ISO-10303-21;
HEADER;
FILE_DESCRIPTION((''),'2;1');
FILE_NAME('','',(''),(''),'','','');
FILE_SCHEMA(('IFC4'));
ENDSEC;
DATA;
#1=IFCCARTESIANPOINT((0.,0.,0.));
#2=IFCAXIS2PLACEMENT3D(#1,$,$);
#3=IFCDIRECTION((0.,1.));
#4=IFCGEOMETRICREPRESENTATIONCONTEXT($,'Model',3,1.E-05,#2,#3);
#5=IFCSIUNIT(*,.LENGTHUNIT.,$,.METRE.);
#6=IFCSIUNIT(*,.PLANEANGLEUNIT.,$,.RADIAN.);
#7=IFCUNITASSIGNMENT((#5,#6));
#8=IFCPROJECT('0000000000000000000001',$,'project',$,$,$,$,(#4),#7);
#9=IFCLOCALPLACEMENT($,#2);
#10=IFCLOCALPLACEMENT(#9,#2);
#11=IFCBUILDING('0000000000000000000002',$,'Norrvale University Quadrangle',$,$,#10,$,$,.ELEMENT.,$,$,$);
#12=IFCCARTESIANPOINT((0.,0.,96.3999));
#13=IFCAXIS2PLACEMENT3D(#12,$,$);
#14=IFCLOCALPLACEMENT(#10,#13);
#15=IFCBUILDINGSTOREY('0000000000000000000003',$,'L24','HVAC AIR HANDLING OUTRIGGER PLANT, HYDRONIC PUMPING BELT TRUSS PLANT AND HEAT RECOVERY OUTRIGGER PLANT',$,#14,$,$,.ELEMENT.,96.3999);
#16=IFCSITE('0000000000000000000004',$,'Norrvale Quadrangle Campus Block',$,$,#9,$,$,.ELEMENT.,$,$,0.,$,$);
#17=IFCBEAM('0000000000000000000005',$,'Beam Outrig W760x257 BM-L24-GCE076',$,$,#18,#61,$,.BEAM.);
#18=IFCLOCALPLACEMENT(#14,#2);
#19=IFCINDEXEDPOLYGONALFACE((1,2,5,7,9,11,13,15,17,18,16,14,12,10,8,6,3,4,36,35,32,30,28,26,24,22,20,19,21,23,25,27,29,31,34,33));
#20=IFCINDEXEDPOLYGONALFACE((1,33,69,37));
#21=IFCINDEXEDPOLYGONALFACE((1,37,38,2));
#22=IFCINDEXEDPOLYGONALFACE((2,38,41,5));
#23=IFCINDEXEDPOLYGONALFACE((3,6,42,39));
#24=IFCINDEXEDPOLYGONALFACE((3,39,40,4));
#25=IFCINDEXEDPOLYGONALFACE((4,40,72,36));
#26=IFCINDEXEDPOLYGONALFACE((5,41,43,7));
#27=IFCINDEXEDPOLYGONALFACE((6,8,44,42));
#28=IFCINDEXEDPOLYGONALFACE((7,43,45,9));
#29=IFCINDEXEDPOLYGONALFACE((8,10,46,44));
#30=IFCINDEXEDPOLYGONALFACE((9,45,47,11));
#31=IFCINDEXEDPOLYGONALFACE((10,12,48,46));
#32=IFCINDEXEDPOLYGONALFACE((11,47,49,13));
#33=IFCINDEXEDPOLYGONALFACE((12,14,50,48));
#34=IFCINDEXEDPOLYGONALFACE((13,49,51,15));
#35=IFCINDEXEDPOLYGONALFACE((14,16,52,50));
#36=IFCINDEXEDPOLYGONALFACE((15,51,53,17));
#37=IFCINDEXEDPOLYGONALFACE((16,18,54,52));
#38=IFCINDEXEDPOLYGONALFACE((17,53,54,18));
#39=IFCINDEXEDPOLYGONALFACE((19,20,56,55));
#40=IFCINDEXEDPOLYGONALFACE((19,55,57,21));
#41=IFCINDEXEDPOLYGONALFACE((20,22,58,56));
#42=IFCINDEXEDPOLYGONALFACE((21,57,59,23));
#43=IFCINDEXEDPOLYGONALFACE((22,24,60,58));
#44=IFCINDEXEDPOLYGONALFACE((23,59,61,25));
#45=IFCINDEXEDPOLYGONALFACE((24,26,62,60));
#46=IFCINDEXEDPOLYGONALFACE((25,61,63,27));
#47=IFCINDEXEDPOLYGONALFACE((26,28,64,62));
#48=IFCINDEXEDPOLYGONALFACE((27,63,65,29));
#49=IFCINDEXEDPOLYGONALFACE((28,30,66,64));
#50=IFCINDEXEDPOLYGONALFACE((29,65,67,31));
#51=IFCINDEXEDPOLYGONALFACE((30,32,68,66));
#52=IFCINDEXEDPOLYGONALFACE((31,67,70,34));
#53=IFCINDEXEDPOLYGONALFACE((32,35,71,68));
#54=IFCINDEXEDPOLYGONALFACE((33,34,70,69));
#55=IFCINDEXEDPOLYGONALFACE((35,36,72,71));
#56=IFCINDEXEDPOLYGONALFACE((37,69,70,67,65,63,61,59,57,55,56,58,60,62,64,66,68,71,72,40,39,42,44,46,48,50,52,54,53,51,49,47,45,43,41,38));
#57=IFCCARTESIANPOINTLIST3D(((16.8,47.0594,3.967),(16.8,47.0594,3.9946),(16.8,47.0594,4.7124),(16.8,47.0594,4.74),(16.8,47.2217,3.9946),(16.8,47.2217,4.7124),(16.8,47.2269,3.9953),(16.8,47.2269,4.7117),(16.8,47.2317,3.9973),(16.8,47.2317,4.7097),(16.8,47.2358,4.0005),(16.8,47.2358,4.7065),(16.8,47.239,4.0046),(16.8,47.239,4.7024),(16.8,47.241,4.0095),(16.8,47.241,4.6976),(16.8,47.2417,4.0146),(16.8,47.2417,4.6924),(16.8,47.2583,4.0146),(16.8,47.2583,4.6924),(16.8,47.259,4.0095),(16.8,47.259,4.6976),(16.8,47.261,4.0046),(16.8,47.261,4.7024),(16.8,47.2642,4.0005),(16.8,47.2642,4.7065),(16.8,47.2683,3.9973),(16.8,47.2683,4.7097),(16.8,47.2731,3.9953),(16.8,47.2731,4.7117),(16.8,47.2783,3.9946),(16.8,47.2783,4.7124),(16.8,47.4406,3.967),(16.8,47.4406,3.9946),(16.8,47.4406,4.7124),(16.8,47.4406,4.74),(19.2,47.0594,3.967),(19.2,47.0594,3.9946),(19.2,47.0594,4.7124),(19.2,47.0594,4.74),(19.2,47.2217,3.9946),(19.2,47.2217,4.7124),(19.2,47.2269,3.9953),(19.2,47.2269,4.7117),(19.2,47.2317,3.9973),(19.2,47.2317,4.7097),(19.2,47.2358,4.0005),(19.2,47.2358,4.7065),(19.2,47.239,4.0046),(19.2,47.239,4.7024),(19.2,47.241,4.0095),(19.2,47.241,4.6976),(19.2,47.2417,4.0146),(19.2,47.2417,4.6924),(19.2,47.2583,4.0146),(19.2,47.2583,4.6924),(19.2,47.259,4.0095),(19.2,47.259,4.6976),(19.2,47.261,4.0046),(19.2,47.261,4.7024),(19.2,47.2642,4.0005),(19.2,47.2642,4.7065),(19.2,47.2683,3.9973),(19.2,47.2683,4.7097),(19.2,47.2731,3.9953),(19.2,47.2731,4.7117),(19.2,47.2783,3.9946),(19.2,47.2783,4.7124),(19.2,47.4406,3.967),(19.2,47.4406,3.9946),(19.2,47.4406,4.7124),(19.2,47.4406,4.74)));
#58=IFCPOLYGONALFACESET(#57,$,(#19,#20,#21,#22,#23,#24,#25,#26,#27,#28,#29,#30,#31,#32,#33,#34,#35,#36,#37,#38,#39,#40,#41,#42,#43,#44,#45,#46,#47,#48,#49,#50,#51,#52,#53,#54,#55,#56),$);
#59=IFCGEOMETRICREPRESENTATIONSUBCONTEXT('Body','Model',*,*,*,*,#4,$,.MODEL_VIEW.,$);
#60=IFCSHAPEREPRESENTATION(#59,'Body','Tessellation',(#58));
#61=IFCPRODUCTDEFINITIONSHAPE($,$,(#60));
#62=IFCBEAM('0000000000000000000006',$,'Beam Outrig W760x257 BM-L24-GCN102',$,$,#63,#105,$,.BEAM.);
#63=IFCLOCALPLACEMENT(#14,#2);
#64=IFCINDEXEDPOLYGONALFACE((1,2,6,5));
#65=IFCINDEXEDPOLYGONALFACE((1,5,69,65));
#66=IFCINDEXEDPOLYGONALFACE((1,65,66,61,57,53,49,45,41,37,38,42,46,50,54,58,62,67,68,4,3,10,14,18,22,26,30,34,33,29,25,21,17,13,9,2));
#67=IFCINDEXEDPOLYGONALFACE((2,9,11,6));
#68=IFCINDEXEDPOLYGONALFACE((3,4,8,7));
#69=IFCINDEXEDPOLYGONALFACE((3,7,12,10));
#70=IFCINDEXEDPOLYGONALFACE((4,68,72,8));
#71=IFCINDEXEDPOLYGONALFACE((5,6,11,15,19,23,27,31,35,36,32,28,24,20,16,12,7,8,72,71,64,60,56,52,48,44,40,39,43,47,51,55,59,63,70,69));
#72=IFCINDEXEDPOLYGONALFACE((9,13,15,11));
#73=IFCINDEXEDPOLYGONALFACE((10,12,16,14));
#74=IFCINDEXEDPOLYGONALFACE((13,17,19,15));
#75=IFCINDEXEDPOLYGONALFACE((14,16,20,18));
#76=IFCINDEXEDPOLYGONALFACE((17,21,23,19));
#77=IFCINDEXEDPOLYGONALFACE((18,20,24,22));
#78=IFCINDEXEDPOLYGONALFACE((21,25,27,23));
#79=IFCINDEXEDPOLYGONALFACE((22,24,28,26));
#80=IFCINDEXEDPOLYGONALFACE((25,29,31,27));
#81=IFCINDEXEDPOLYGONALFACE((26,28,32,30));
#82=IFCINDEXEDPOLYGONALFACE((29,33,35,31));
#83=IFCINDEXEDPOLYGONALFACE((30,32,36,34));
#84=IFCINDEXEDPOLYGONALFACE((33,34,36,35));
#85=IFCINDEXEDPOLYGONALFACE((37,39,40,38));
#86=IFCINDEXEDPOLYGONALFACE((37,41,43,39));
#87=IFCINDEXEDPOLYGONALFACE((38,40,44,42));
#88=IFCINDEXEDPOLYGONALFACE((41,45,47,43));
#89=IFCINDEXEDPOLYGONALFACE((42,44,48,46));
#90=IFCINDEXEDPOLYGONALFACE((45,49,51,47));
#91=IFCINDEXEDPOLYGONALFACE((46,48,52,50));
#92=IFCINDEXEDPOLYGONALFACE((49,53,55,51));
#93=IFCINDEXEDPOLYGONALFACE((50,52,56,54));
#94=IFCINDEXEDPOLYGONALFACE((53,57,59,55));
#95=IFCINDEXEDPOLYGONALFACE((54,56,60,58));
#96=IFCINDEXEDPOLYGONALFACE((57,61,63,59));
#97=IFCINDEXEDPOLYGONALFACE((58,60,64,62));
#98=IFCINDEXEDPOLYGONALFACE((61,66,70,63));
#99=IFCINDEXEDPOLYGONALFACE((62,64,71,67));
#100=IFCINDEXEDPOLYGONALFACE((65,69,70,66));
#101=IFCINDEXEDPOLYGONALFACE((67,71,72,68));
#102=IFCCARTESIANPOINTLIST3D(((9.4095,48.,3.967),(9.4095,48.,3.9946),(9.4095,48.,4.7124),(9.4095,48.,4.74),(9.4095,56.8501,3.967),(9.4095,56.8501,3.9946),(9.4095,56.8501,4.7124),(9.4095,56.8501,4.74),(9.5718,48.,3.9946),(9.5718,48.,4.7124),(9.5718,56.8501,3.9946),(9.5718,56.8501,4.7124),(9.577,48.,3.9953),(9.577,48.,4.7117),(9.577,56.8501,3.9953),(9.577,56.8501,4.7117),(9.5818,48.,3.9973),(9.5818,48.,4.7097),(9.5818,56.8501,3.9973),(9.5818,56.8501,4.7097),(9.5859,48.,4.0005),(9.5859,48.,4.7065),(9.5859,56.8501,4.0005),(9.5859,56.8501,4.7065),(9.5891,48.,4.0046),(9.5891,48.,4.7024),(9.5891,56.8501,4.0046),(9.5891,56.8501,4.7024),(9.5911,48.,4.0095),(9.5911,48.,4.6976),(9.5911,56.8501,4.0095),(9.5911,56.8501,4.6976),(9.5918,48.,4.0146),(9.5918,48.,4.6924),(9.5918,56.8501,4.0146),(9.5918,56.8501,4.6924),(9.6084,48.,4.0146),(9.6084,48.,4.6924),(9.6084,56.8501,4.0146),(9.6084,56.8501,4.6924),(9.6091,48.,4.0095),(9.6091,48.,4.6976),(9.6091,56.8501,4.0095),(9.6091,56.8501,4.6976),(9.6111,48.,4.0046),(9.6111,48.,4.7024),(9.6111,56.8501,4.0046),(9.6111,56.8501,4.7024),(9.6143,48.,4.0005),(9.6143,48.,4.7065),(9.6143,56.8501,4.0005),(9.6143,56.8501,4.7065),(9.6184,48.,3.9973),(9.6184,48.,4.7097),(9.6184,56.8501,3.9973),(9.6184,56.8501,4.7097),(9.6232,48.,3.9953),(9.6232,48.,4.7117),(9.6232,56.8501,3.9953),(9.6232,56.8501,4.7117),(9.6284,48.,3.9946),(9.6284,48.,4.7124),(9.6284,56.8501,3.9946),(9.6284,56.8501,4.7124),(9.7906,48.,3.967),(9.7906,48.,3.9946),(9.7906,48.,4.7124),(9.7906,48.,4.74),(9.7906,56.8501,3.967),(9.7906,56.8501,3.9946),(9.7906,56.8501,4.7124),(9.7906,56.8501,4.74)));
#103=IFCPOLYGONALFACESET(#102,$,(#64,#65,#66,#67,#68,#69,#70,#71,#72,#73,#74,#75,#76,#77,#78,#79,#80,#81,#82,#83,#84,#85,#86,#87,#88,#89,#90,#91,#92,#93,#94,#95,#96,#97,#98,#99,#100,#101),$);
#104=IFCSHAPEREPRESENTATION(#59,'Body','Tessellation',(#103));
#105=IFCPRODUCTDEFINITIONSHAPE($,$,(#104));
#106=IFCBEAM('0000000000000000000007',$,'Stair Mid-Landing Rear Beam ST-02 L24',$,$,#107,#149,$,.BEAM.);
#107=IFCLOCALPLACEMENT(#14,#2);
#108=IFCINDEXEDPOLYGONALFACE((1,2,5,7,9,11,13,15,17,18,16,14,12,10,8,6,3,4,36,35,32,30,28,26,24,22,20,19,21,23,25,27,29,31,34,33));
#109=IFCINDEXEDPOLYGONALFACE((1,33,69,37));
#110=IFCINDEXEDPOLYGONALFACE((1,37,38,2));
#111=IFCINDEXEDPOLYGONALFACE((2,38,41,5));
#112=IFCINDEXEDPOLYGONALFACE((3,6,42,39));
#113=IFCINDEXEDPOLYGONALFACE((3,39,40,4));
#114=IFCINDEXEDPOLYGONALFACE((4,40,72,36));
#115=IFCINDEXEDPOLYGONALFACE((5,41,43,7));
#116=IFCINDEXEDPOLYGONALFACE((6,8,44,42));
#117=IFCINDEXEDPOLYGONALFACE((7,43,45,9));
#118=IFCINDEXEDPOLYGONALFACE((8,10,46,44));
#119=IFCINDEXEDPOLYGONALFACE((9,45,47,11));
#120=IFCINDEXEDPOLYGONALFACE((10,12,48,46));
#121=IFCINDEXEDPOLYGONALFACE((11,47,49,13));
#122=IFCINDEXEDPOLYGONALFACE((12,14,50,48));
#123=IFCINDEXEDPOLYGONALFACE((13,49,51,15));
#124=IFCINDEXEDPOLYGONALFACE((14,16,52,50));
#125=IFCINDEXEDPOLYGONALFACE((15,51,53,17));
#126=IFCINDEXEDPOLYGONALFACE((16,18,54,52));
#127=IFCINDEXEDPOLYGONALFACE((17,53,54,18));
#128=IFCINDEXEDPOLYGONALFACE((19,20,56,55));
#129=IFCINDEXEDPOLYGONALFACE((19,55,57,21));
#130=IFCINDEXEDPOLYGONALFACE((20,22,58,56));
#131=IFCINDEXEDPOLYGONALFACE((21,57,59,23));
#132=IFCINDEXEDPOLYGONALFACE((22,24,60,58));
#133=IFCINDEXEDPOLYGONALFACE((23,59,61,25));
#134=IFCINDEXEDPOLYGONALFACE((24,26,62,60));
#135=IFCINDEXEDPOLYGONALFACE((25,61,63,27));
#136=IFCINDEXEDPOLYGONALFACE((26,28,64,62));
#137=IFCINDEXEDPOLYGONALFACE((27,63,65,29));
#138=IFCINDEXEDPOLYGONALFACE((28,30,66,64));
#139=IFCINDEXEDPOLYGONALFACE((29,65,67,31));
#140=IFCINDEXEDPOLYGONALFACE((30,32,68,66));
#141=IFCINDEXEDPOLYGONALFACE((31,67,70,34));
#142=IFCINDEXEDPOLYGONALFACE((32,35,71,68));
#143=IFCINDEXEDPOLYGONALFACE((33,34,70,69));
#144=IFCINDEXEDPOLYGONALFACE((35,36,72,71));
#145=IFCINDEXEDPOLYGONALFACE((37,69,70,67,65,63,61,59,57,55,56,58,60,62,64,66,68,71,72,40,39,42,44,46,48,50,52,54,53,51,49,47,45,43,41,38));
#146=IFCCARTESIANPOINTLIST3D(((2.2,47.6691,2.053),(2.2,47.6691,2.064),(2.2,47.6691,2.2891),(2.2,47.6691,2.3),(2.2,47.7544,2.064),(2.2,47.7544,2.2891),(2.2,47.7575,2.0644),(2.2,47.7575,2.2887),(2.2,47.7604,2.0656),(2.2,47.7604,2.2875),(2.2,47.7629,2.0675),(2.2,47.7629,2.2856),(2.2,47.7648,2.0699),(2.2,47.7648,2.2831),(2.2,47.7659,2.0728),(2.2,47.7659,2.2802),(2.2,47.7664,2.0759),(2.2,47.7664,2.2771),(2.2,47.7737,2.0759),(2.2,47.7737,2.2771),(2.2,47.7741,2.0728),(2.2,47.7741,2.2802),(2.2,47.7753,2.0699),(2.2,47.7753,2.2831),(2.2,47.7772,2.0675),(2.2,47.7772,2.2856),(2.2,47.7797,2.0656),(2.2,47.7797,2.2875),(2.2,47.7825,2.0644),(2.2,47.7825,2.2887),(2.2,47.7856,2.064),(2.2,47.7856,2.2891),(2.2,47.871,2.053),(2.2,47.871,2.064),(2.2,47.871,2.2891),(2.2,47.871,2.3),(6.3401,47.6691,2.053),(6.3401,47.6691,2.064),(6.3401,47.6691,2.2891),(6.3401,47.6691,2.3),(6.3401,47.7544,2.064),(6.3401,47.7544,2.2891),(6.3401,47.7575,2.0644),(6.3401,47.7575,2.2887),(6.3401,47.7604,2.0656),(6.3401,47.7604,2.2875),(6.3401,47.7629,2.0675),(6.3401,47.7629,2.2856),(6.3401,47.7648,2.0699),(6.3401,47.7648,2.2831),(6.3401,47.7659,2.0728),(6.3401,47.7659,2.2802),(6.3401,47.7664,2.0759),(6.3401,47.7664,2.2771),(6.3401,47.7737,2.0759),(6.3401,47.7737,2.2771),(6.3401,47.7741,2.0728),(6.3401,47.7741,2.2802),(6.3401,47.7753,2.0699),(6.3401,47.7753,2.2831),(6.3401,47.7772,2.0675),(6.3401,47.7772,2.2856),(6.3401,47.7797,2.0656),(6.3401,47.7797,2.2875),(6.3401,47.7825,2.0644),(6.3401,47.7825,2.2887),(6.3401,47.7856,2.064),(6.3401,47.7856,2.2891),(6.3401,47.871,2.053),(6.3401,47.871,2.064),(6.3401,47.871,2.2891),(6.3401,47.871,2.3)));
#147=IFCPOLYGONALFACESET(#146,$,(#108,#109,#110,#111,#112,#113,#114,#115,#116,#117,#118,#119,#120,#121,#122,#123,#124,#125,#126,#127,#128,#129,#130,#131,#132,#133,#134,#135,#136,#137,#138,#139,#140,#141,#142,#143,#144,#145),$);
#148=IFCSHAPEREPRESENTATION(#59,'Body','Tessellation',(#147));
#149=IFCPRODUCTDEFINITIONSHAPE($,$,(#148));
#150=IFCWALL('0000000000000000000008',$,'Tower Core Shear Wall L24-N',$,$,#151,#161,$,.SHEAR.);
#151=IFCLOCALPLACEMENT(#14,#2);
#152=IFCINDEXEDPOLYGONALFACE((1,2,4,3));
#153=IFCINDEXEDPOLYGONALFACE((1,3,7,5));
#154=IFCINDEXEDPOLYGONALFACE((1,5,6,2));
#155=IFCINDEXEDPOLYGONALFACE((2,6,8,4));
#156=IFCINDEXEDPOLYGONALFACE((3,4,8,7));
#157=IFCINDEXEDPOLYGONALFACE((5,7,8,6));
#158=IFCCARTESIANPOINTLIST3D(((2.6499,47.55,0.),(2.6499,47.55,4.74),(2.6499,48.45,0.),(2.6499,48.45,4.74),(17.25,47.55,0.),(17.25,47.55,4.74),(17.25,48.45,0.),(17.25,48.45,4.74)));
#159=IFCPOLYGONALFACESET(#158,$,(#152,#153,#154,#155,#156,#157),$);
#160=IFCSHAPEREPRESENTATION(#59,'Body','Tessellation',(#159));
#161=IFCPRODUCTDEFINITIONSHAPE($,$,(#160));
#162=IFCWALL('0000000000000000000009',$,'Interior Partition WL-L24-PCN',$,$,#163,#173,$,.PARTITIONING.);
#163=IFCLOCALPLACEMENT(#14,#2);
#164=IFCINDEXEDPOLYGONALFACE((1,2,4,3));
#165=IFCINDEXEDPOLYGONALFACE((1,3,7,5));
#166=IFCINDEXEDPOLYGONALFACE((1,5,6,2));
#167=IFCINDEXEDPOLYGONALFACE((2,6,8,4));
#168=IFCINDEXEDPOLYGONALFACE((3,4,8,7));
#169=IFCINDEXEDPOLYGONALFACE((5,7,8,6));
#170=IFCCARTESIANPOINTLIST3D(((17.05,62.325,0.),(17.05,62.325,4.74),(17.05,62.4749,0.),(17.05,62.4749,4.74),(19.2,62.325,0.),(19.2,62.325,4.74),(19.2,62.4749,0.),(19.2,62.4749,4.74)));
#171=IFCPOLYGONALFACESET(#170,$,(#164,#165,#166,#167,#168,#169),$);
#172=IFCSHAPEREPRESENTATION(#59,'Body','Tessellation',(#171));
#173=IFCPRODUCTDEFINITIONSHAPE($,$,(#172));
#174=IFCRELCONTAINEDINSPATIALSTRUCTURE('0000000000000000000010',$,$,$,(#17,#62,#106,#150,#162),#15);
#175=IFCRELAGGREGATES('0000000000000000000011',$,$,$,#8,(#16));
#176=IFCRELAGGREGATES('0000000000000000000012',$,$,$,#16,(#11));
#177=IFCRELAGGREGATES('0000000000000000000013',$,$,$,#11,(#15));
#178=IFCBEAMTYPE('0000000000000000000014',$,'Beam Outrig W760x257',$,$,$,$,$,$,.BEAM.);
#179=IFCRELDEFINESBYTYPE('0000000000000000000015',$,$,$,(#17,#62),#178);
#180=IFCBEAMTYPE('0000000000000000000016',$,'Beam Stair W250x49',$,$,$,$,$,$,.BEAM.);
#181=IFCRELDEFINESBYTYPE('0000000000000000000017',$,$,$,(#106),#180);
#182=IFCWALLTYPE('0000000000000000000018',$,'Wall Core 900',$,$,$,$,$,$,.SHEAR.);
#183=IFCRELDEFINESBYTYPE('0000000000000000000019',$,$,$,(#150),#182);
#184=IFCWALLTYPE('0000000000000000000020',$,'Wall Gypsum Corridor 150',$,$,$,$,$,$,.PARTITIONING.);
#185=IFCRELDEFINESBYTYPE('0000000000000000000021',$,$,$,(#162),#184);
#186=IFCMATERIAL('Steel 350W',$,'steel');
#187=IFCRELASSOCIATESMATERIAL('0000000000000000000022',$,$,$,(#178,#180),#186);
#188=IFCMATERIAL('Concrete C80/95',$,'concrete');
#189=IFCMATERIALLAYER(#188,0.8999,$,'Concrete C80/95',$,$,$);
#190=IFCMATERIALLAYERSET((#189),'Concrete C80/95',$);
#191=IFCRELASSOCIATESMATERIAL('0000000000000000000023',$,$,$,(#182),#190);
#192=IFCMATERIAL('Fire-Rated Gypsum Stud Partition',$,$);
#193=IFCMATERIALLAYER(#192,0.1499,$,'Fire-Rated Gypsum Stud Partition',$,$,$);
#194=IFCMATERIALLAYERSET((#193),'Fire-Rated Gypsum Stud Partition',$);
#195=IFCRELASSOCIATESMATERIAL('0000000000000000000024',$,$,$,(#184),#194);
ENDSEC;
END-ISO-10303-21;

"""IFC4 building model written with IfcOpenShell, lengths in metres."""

from ifc_helpers import new_model, si_unit, direction, frame, frame_2d, origin, origin_2d, place, context, subcontext, project, spatial, rectangle, i_section, extrude, material, layer, layer_set, material_profile, profile_set, type_object, element, save


model = new_model("IFC4")

# Units and contexts
model_context = context("Model", 3, precision=1e-05, world=origin(), true_north=direction((0.0, 1.0)))
body_context = subcontext(model_context, "Body", "Model", "MODEL_VIEW")
ifc_project = project(units=[si_unit("LENGTHUNIT", "METRE"), si_unit("PLANEANGLEUNIT", "RADIAN")], contexts=[model_context])

# Site, building, storey
site_placement = place(None, origin())
site = spatial("IfcSite", under=ifc_project, at=site_placement, Name="Norrvale Quadrangle Campus Block", CompositionType="ELEMENT", RefElevation=0.0)
building_placement = place(site_placement, origin())
building = spatial("IfcBuilding", under=site, at=building_placement, Name="Norrvale University Quadrangle", CompositionType="ELEMENT")
storey_placement = place(building_placement, frame((0.0, 0.0, 96.3999)))
storey = spatial("IfcBuildingStorey", under=building, at=storey_placement, Name="L24", Description="HVAC AIR HANDLING OUTRIGGER PLANT, HYDRONIC PUMPING BELT TRUSS PLANT AND HEAT RECOVERY OUTRIGGER PLANT", CompositionType="ELEMENT", Elevation=96.3999)

# Shared definitions
ifc_material_1 = material(Name="Concrete C80/95", Category="concrete")

# Beams
ifc_material_2 = material(Name="Steel 350W", Category="steel")
ifc_material_profile_1 = material_profile(ifc_material_2, i_section(OverallWidth=0.3811, OverallDepth=0.7729, WebThickness=0.0166, FlangeThickness=0.0276, FilletRadius=0.02, at=origin_2d()), Name="Steel 350W")
ifc_profile_set_1 = profile_set([ifc_material_profile_1], Name="Steel 350W")
beam_type_1 = type_object("IfcBeamType", Name="Beam Outrig W760x257", PredefinedType="BEAM", material=ifc_profile_set_1)
beam_1_placement = place(storey_placement, frame((16.8, 47.25, 4.3535), z_axis=(1.0, 0.0, 0.0), x_axis=(0.0, 1.0, 0.0)))
element("IfcBeam", 1, at=beam_1_placement, inside=storey, type_object=beam_type_1, Name="Beam Outrig W760x257 BM-L24-GCE076", PredefinedType="BEAM", context=body_context, shape_type="SweptSolid", body=[
    extrude(i_section(OverallWidth=0.3811, OverallDepth=0.7729, WebThickness=0.0166, FlangeThickness=0.0276, FilletRadius=0.02, at=origin_2d()), origin(), (0.0, 0.0, 1.0), 2.3999),
])
beam_2_placement = place(storey_placement, frame((9.6001, 48.0, 4.3535), z_axis=(0.0, 1.0, 0.0), x_axis=(-1.0, 0.0, 0.0)))
element("IfcBeam", 2, at=beam_2_placement, inside=storey, type_object=beam_type_1, Name="Beam Outrig W760x257 BM-L24-GCN102", PredefinedType="BEAM", context=body_context, shape_type="SweptSolid", body=[
    extrude(i_section(OverallWidth=0.3811, OverallDepth=0.7729, WebThickness=0.0166, FlangeThickness=0.0276, FilletRadius=0.02, at=origin_2d()), origin(), (0.0, 0.0, 1.0), 8.8501),
])
ifc_material_profile_2 = material_profile(ifc_material_2, i_section(OverallWidth=0.2019, OverallDepth=0.2471, WebThickness=0.0073, FlangeThickness=0.011, FilletRadius=0.012, at=origin_2d()), Name="Steel 350W")
ifc_profile_set_2 = profile_set([ifc_material_profile_2], Name="Steel 350W")
beam_type_2 = type_object("IfcBeamType", Name="Beam Stair W250x49", PredefinedType="BEAM", material=ifc_profile_set_2)
beam_3_placement = place(storey_placement, frame((2.2, 47.77, 2.1765), z_axis=(1.0, 0.0, 0.0), x_axis=(0.0, 1.0, 0.0)))
element("IfcBeam", 3, at=beam_3_placement, inside=storey, type_object=beam_type_2, Name="Stair Mid-Landing Rear Beam ST-02 L24", PredefinedType="BEAM", context=body_context, shape_type="SweptSolid", body=[
    extrude(i_section(OverallWidth=0.2019, OverallDepth=0.2471, WebThickness=0.0073, FlangeThickness=0.011, FilletRadius=0.012, at=origin_2d()), origin(), (0.0, 0.0, 1.0), 4.1401),
])

# Walls
ifc_layer_1 = layer(ifc_material_1, 0.8999, Name="Concrete C80/95")
ifc_layer_set_1 = layer_set([ifc_layer_1], Name="Concrete C80/95")
wall_type_1 = type_object("IfcWallType", Name="Wall Core 900", PredefinedType="SHEAR", material=ifc_layer_set_1)
wall_1_placement = place(storey_placement, frame((2.6499, 48.0, 0.0), z_axis=(0.0, 0.0, 1.0), x_axis=(1.0, 0.0, 0.0)))
element("IfcWall", 4, at=wall_1_placement, inside=storey, type_object=wall_type_1, Name="Tower Core Shear Wall L24-N", PredefinedType="SHEAR", context=body_context, shape_type="SweptSolid", body=[
    extrude(rectangle(XDim=14.6001, YDim=0.8999, at=frame_2d((7.3, 0.0))), origin(), (0.0, 0.0, 1.0), 4.74),
])
ifc_material_3 = material(Name="Fire-Rated Gypsum Stud Partition")
ifc_layer_2 = layer(ifc_material_3, 0.1499, Name="Fire-Rated Gypsum Stud Partition")
ifc_layer_set_2 = layer_set([ifc_layer_2], Name="Fire-Rated Gypsum Stud Partition")
wall_type_2 = type_object("IfcWallType", Name="Wall Gypsum Corridor 150", PredefinedType="PARTITIONING", material=ifc_layer_set_2)
wall_2_placement = place(storey_placement, frame((17.05, 62.3999, 0.0), z_axis=(0.0, 0.0, 1.0), x_axis=(1.0, 0.0, 0.0)))
element("IfcWall", 5, at=wall_2_placement, inside=storey, type_object=wall_type_2, Name="Interior Partition WL-L24-PCN", PredefinedType="PARTITIONING", context=body_context, shape_type="SweptSolid", body=[
    extrude(rectangle(XDim=2.1499, YDim=0.1499, at=frame_2d((1.075, 0.0))), origin(), (0.0, 0.0, 1.0), 4.74),
])

save(model, "model.ifc")
